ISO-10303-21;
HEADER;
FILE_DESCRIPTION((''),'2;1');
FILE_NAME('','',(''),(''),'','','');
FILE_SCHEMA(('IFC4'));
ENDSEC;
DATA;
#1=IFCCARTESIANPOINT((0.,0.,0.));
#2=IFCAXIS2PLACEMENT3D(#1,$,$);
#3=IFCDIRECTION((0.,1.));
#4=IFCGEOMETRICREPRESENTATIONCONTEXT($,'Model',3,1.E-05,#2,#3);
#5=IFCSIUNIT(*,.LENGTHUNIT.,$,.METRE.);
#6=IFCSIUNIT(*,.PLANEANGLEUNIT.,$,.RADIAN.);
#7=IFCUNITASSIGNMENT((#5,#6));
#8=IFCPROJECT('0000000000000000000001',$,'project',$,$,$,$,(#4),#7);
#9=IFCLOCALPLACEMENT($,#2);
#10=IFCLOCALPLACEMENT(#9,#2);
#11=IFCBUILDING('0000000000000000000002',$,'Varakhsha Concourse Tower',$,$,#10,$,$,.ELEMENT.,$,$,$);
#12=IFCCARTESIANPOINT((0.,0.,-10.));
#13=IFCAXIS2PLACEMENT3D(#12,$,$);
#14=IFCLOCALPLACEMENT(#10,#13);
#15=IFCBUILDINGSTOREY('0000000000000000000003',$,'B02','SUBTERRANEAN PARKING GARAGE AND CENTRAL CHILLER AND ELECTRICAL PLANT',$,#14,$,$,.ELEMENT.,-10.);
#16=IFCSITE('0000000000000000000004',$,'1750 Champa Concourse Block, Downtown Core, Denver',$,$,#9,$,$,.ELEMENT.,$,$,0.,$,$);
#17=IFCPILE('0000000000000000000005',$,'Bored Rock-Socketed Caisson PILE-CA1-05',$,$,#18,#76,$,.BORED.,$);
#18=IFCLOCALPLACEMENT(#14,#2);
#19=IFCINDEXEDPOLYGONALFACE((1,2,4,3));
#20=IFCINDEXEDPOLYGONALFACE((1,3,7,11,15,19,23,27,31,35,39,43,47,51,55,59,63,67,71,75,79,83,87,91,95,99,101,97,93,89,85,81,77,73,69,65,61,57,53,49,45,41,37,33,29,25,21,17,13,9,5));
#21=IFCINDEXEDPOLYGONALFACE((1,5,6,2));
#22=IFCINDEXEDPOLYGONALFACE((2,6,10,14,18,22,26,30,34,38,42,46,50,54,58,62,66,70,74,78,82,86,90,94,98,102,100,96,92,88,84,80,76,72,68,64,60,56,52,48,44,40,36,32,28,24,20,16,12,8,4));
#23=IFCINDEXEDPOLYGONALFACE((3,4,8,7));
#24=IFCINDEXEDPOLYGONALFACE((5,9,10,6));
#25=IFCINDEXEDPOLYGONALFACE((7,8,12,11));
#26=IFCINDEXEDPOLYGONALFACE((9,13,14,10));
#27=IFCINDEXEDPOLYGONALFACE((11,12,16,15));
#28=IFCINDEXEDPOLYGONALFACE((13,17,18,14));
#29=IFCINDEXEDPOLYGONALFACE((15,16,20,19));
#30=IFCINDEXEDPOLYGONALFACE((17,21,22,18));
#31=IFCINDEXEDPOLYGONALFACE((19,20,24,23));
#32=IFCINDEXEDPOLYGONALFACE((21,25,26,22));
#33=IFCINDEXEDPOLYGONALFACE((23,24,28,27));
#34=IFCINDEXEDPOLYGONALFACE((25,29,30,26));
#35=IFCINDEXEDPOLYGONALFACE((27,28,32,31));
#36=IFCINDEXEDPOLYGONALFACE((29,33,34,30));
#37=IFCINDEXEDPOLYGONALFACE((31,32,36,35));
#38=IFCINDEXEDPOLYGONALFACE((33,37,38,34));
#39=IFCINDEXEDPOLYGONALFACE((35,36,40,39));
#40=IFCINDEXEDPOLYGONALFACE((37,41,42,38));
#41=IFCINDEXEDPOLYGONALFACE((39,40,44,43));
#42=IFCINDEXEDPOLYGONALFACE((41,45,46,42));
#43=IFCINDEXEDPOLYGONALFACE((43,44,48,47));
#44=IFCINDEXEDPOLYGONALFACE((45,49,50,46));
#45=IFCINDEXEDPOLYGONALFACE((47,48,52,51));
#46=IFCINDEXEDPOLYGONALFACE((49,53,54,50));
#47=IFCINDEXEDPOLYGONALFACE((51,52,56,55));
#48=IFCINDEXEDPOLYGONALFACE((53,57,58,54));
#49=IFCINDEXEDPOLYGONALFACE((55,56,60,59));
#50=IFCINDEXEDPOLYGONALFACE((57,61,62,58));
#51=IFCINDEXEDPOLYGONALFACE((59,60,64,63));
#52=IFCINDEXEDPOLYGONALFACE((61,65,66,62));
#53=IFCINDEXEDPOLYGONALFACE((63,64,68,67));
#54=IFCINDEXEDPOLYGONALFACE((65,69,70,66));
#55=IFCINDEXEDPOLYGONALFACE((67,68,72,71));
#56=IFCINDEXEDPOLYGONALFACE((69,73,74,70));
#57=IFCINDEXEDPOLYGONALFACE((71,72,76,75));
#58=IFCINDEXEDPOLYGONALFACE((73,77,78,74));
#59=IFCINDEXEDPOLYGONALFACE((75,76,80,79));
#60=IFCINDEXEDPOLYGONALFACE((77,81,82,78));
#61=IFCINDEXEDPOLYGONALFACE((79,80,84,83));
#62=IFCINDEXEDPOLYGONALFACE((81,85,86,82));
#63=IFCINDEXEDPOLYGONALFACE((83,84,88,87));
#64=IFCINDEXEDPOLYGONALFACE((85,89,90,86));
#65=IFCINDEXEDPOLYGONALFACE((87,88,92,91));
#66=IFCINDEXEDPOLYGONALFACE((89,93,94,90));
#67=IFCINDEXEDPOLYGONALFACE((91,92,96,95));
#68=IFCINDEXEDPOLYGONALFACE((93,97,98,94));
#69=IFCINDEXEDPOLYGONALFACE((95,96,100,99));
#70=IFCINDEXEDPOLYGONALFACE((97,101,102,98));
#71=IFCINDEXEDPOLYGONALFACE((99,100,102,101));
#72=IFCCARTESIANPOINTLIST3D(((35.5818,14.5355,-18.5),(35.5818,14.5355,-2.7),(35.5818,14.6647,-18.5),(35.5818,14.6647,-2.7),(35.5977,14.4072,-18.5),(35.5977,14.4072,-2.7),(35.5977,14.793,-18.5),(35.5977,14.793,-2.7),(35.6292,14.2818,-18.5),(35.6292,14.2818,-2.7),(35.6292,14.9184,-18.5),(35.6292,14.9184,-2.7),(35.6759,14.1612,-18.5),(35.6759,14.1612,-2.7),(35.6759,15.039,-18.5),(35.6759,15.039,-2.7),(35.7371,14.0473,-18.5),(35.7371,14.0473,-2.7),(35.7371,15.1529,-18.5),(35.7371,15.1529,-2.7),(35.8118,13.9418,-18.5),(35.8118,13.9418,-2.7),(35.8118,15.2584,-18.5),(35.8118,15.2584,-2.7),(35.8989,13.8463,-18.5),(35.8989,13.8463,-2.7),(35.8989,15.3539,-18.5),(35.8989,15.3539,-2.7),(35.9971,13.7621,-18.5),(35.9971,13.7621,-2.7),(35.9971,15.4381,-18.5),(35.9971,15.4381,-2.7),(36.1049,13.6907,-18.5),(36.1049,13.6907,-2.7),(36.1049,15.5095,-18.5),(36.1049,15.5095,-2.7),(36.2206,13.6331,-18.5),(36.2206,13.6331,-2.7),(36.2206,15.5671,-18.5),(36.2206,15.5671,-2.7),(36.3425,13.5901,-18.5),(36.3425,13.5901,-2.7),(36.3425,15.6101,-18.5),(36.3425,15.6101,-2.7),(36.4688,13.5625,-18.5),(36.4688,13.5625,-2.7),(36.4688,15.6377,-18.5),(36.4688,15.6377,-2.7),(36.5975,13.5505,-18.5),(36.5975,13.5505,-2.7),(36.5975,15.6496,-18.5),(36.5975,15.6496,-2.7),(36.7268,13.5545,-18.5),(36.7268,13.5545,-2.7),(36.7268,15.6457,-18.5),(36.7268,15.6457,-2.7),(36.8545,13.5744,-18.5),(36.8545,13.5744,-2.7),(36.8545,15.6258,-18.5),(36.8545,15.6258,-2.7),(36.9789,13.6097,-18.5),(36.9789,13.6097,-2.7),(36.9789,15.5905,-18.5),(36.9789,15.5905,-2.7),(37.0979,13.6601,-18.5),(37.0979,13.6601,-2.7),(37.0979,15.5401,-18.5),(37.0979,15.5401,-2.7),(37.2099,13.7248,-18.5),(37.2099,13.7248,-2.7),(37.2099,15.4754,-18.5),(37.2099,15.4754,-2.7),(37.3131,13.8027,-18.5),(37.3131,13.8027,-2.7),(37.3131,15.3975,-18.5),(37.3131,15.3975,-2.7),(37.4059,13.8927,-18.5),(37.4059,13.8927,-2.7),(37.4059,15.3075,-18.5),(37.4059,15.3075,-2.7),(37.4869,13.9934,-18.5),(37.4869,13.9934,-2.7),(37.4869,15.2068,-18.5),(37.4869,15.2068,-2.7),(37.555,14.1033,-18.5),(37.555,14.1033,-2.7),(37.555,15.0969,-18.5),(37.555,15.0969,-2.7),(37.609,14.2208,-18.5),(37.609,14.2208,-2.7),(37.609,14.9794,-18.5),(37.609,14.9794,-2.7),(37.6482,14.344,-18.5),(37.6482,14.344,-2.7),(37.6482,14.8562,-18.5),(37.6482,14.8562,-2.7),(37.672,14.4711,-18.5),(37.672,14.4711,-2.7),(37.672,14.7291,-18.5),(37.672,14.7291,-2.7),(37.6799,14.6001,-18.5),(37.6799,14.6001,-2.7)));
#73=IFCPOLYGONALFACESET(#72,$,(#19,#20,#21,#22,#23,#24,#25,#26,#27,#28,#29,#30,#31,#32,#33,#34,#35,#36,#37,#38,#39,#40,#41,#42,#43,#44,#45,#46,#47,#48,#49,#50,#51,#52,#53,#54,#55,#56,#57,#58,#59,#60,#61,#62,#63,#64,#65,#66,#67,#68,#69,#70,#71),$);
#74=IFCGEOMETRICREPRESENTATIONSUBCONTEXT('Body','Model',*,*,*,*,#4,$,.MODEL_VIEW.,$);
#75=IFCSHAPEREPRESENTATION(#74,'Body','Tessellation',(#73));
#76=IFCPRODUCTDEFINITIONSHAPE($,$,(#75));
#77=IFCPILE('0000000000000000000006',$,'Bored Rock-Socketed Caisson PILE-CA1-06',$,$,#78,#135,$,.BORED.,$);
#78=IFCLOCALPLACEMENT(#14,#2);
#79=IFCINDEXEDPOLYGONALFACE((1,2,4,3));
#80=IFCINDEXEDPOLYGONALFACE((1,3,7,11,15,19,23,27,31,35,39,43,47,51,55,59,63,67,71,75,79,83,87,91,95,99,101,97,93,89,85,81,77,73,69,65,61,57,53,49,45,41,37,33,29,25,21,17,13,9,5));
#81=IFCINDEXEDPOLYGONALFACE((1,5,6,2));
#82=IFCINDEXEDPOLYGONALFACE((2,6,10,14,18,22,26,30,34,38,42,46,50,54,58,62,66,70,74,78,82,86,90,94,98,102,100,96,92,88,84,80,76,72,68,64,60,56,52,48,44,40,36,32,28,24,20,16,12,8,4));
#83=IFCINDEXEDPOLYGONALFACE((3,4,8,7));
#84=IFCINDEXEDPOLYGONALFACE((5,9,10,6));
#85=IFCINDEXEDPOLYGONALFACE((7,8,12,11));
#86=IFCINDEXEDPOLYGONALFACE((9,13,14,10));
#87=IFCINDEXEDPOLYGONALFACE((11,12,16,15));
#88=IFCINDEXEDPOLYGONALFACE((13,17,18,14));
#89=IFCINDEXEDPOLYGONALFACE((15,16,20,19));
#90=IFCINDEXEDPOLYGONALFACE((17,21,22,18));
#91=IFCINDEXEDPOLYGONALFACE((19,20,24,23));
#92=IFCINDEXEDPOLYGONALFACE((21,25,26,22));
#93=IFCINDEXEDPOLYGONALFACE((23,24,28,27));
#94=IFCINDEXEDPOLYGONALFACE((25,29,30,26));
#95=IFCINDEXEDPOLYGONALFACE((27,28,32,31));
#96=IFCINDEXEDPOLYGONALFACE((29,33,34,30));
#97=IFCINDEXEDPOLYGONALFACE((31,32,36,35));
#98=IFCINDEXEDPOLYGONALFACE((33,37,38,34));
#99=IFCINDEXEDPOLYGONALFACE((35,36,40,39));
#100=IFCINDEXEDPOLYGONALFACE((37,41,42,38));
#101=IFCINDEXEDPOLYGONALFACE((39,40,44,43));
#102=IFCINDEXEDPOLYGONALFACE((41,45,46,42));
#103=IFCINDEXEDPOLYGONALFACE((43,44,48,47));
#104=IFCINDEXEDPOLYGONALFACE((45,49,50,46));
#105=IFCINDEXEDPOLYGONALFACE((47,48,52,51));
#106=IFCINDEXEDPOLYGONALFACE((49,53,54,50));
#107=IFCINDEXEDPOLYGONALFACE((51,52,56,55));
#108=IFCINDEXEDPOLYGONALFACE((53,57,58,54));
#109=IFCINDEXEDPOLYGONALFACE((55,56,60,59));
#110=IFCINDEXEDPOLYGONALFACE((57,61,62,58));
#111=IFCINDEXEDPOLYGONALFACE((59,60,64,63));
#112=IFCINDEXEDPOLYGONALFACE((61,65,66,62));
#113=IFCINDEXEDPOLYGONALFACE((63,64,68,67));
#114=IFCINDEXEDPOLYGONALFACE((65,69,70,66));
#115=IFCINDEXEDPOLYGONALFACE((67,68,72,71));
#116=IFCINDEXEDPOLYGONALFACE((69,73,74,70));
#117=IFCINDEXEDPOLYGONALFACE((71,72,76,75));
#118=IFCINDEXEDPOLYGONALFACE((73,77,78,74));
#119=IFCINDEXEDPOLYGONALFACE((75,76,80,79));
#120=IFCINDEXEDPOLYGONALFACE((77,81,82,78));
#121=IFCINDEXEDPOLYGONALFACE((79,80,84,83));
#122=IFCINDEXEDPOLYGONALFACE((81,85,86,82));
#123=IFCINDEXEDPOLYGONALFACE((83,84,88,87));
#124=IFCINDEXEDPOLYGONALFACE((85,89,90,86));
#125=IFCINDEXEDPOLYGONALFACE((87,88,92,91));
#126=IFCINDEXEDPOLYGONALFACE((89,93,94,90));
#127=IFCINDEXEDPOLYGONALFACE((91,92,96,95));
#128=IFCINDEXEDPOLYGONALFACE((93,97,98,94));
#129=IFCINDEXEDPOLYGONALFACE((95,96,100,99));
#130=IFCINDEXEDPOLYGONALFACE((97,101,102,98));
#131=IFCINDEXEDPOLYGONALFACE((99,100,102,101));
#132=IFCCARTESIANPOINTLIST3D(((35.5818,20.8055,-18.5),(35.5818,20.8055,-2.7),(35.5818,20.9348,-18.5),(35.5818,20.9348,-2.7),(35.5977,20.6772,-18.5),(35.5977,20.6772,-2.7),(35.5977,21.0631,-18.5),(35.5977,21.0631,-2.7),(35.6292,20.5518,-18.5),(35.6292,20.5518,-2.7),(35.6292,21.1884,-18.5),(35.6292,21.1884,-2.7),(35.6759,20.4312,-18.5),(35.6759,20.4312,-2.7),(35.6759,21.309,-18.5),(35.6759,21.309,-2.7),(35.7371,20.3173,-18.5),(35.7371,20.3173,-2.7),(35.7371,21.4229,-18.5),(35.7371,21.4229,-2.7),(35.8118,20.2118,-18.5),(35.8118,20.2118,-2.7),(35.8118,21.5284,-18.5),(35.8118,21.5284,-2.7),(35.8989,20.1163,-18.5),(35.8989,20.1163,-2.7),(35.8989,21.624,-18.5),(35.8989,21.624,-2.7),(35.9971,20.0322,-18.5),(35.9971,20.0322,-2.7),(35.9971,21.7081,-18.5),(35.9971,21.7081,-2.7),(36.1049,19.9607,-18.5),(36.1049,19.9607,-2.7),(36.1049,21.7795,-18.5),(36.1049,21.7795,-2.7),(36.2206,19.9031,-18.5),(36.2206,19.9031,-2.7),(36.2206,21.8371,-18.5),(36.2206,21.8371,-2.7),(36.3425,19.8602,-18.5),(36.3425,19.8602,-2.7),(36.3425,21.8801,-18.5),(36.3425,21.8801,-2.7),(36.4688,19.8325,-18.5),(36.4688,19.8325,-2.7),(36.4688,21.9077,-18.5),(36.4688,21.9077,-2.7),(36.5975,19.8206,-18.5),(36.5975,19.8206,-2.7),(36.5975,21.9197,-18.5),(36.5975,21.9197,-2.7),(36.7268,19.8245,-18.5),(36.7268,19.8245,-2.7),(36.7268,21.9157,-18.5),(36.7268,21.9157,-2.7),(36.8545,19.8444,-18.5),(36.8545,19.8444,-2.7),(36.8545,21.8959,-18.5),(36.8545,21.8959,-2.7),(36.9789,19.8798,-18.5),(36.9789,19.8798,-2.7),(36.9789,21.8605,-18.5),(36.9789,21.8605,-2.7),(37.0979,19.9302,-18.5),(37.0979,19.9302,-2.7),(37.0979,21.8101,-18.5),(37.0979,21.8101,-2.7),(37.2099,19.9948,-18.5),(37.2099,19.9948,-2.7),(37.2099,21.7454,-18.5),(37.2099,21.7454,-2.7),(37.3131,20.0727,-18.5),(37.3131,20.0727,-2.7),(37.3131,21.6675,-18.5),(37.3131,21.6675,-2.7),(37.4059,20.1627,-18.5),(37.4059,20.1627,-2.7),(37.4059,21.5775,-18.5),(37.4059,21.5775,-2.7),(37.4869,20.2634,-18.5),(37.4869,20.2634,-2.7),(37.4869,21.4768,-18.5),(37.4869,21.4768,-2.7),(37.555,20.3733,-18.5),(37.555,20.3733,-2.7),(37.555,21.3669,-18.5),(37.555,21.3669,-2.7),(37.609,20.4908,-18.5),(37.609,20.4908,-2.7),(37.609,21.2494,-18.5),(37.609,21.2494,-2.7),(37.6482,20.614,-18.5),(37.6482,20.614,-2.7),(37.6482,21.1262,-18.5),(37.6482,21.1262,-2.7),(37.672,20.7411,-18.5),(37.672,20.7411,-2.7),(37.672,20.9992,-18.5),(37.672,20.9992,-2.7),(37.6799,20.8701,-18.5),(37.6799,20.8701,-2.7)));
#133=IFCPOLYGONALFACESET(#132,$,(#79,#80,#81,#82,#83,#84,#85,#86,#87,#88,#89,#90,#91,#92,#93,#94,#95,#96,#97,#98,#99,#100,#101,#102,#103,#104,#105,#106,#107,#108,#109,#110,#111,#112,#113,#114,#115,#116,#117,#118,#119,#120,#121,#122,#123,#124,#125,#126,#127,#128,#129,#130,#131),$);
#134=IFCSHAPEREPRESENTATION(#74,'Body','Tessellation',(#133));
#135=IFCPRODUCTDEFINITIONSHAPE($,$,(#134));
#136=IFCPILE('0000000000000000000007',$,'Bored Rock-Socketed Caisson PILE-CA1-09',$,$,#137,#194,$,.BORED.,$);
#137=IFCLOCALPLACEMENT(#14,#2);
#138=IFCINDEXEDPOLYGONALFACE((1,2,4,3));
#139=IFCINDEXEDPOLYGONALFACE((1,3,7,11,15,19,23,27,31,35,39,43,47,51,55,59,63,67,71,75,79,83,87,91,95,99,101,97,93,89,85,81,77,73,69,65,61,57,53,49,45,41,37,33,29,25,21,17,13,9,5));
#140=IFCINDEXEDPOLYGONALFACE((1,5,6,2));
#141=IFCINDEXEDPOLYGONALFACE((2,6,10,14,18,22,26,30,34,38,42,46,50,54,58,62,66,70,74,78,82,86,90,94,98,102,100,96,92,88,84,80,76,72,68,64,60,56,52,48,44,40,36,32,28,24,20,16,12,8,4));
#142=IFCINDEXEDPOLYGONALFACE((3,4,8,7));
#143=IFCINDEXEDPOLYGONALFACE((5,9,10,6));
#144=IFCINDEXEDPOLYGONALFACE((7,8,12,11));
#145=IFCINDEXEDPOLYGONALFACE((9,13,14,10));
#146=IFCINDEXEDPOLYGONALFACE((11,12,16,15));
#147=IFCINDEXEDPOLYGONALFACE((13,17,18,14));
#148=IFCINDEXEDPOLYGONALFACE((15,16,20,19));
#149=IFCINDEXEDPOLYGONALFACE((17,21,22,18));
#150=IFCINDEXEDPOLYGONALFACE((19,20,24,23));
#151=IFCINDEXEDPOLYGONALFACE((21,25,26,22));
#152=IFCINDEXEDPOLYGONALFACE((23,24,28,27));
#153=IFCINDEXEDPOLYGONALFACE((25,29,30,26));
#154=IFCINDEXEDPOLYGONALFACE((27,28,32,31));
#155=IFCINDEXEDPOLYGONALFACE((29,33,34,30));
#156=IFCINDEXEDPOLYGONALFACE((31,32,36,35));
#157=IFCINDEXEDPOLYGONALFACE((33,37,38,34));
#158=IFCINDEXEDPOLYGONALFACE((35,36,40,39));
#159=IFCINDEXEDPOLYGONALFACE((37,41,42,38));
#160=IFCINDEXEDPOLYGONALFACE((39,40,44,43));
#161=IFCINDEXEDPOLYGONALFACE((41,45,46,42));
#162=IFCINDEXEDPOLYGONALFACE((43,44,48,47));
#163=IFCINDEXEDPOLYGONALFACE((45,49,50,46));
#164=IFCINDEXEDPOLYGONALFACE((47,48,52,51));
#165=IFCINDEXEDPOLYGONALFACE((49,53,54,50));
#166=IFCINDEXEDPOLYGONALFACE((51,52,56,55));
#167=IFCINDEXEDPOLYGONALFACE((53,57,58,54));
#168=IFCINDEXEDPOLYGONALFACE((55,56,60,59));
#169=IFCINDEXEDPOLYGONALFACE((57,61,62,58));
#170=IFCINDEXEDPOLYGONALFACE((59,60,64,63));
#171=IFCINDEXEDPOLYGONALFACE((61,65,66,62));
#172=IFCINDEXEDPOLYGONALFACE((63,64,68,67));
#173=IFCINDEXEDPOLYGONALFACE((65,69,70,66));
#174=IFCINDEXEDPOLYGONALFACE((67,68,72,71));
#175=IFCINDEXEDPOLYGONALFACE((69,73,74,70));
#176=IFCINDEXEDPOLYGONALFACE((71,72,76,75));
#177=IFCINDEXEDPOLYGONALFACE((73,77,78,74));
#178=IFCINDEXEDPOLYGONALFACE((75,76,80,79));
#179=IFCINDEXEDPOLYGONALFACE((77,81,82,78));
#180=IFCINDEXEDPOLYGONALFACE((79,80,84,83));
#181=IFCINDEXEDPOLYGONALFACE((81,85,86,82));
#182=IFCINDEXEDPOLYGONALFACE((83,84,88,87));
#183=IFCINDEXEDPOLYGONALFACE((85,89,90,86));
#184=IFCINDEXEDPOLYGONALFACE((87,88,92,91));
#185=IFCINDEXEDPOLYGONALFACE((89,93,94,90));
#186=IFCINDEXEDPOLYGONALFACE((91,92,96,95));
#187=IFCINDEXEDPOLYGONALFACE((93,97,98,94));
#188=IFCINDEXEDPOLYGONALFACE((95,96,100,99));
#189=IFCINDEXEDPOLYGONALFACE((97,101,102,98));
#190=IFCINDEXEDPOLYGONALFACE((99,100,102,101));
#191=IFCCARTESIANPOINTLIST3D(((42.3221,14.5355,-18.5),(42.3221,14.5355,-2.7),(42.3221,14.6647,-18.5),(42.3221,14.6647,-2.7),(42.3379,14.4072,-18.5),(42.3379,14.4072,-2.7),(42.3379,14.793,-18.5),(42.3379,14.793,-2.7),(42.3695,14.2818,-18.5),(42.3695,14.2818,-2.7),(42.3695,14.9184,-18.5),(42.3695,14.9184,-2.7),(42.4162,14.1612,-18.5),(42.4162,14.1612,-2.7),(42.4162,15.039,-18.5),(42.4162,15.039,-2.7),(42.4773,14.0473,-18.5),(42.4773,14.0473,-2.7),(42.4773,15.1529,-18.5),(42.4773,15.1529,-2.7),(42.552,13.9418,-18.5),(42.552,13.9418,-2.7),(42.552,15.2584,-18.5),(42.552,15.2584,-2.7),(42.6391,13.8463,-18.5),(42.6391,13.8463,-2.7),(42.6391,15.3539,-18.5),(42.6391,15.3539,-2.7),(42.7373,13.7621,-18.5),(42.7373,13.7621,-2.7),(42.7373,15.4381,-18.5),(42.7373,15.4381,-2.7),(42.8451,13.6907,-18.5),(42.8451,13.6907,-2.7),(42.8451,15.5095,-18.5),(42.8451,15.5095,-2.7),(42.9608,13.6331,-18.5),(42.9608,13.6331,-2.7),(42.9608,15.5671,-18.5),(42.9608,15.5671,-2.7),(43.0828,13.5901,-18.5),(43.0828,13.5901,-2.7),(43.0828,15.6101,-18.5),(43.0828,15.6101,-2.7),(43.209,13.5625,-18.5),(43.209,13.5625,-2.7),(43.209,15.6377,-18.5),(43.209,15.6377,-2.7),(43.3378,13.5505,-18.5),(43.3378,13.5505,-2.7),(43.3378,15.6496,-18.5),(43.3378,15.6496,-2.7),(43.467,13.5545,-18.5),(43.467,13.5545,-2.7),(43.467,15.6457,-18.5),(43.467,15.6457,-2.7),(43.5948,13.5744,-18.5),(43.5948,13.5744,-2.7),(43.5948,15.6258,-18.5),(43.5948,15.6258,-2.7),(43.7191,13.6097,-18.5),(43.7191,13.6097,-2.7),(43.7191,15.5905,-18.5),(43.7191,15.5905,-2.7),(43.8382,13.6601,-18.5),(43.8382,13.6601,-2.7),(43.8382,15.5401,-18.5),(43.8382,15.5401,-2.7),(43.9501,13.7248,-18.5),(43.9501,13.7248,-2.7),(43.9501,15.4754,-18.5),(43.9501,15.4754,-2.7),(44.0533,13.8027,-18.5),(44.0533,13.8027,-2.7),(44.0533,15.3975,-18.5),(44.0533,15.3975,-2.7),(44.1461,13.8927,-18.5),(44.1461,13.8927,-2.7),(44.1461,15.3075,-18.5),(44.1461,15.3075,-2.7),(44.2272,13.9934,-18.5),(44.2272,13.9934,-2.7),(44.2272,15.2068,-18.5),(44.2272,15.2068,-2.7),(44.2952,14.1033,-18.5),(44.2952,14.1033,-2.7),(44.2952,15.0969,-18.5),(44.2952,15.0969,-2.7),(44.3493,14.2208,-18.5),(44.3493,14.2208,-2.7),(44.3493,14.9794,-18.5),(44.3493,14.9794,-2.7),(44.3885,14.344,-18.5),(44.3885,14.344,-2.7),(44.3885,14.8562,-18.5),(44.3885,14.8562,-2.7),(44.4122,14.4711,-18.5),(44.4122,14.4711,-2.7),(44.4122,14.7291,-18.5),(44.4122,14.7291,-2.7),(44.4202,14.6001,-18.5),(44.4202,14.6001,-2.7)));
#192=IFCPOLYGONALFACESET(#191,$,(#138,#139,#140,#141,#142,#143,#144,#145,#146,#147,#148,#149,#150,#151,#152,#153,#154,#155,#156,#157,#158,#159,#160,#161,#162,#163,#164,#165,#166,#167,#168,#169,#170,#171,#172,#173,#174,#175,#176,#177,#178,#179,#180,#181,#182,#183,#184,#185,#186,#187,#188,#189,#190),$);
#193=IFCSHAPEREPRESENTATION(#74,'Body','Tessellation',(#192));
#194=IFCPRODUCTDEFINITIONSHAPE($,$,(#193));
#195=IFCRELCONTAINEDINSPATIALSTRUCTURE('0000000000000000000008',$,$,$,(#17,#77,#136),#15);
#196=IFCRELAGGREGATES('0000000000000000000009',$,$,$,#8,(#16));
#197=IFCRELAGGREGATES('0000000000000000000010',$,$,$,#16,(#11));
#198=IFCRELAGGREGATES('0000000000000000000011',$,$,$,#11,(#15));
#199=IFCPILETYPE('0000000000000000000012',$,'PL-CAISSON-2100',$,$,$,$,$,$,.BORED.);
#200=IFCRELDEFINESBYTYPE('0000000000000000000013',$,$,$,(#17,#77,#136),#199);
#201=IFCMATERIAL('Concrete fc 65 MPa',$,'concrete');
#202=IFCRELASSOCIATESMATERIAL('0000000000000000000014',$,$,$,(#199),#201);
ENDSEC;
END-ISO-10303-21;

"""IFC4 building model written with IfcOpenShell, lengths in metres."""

from ifc_helpers import new_model, si_unit, direction, frame, origin, origin_2d, place, context, subcontext, project, spatial, circle, extrude, material, material_profile, profile_set, type_object, element, save


model = new_model("IFC4")

# Units and contexts
model_context = context("Model", 3, precision=1e-05, world=origin(), true_north=direction((0.0, 1.0)))
body_context = subcontext(model_context, "Body", "Model", "MODEL_VIEW")
ifc_project = project(units=[si_unit("LENGTHUNIT", "METRE"), si_unit("PLANEANGLEUNIT", "RADIAN")], contexts=[model_context])

# Site, building, storey
site_placement = place(None, origin())
site = spatial("IfcSite", under=ifc_project, at=site_placement, Name="1750 Champa Concourse Block, Downtown Core, Denver", CompositionType="ELEMENT", RefElevation=0.0)
building_placement = place(site_placement, origin())
building = spatial("IfcBuilding", under=site, at=building_placement, Name="Varakhsha Concourse Tower", CompositionType="ELEMENT")
storey_placement = place(building_placement, frame((0.0, 0.0, -10.0)))
storey = spatial("IfcBuildingStorey", under=building, at=storey_placement, Name="B02", Description="SUBTERRANEAN PARKING GARAGE AND CENTRAL CHILLER AND ELECTRICAL PLANT", CompositionType="ELEMENT", Elevation=-10.0)

# Piles
ifc_material_1 = material(Name="Concrete fc 65 MPa", Category="concrete")
ifc_material_profile = material_profile(ifc_material_1, circle(Radius=1.05, at=origin_2d()), Name="CAISSON D2100")
ifc_profile_set = profile_set([ifc_material_profile], Name="Concrete fc 65 MPa")
pile_type = type_object("IfcPileType", Name="PL-CAISSON-2100", PredefinedType="BORED", material=ifc_profile_set)
for number, where, z_axis, x_axis, name in (
    (1, (36.6299, 14.6001, -2.7), (0.0, 0.0, -1.0), (1.0, 0.0, 0.0), "Bored Rock-Socketed Caisson PILE-CA1-05"),
    (2, (36.6299, 20.8701, -2.7), (0.0, 0.0, -1.0), (1.0, 0.0, 0.0), "Bored Rock-Socketed Caisson PILE-CA1-06"),
    (3, (43.3701, 14.6001, -2.7), (0.0, 0.0, -1.0), (1.0, 0.0, 0.0), "Bored Rock-Socketed Caisson PILE-CA1-09"),
):
    element("IfcPile", number, at=place(storey_placement, frame(where, z_axis=z_axis, x_axis=x_axis)), inside=storey, type_object=pile_type, Name=name, PredefinedType="BORED", context=body_context, shape_type="SweptSolid", body=[
        extrude(circle(Radius=1.05, at=origin_2d()), origin(), (0.0, 0.0, 1.0), 15.8),
    ])

save(model, "model.ifc")
